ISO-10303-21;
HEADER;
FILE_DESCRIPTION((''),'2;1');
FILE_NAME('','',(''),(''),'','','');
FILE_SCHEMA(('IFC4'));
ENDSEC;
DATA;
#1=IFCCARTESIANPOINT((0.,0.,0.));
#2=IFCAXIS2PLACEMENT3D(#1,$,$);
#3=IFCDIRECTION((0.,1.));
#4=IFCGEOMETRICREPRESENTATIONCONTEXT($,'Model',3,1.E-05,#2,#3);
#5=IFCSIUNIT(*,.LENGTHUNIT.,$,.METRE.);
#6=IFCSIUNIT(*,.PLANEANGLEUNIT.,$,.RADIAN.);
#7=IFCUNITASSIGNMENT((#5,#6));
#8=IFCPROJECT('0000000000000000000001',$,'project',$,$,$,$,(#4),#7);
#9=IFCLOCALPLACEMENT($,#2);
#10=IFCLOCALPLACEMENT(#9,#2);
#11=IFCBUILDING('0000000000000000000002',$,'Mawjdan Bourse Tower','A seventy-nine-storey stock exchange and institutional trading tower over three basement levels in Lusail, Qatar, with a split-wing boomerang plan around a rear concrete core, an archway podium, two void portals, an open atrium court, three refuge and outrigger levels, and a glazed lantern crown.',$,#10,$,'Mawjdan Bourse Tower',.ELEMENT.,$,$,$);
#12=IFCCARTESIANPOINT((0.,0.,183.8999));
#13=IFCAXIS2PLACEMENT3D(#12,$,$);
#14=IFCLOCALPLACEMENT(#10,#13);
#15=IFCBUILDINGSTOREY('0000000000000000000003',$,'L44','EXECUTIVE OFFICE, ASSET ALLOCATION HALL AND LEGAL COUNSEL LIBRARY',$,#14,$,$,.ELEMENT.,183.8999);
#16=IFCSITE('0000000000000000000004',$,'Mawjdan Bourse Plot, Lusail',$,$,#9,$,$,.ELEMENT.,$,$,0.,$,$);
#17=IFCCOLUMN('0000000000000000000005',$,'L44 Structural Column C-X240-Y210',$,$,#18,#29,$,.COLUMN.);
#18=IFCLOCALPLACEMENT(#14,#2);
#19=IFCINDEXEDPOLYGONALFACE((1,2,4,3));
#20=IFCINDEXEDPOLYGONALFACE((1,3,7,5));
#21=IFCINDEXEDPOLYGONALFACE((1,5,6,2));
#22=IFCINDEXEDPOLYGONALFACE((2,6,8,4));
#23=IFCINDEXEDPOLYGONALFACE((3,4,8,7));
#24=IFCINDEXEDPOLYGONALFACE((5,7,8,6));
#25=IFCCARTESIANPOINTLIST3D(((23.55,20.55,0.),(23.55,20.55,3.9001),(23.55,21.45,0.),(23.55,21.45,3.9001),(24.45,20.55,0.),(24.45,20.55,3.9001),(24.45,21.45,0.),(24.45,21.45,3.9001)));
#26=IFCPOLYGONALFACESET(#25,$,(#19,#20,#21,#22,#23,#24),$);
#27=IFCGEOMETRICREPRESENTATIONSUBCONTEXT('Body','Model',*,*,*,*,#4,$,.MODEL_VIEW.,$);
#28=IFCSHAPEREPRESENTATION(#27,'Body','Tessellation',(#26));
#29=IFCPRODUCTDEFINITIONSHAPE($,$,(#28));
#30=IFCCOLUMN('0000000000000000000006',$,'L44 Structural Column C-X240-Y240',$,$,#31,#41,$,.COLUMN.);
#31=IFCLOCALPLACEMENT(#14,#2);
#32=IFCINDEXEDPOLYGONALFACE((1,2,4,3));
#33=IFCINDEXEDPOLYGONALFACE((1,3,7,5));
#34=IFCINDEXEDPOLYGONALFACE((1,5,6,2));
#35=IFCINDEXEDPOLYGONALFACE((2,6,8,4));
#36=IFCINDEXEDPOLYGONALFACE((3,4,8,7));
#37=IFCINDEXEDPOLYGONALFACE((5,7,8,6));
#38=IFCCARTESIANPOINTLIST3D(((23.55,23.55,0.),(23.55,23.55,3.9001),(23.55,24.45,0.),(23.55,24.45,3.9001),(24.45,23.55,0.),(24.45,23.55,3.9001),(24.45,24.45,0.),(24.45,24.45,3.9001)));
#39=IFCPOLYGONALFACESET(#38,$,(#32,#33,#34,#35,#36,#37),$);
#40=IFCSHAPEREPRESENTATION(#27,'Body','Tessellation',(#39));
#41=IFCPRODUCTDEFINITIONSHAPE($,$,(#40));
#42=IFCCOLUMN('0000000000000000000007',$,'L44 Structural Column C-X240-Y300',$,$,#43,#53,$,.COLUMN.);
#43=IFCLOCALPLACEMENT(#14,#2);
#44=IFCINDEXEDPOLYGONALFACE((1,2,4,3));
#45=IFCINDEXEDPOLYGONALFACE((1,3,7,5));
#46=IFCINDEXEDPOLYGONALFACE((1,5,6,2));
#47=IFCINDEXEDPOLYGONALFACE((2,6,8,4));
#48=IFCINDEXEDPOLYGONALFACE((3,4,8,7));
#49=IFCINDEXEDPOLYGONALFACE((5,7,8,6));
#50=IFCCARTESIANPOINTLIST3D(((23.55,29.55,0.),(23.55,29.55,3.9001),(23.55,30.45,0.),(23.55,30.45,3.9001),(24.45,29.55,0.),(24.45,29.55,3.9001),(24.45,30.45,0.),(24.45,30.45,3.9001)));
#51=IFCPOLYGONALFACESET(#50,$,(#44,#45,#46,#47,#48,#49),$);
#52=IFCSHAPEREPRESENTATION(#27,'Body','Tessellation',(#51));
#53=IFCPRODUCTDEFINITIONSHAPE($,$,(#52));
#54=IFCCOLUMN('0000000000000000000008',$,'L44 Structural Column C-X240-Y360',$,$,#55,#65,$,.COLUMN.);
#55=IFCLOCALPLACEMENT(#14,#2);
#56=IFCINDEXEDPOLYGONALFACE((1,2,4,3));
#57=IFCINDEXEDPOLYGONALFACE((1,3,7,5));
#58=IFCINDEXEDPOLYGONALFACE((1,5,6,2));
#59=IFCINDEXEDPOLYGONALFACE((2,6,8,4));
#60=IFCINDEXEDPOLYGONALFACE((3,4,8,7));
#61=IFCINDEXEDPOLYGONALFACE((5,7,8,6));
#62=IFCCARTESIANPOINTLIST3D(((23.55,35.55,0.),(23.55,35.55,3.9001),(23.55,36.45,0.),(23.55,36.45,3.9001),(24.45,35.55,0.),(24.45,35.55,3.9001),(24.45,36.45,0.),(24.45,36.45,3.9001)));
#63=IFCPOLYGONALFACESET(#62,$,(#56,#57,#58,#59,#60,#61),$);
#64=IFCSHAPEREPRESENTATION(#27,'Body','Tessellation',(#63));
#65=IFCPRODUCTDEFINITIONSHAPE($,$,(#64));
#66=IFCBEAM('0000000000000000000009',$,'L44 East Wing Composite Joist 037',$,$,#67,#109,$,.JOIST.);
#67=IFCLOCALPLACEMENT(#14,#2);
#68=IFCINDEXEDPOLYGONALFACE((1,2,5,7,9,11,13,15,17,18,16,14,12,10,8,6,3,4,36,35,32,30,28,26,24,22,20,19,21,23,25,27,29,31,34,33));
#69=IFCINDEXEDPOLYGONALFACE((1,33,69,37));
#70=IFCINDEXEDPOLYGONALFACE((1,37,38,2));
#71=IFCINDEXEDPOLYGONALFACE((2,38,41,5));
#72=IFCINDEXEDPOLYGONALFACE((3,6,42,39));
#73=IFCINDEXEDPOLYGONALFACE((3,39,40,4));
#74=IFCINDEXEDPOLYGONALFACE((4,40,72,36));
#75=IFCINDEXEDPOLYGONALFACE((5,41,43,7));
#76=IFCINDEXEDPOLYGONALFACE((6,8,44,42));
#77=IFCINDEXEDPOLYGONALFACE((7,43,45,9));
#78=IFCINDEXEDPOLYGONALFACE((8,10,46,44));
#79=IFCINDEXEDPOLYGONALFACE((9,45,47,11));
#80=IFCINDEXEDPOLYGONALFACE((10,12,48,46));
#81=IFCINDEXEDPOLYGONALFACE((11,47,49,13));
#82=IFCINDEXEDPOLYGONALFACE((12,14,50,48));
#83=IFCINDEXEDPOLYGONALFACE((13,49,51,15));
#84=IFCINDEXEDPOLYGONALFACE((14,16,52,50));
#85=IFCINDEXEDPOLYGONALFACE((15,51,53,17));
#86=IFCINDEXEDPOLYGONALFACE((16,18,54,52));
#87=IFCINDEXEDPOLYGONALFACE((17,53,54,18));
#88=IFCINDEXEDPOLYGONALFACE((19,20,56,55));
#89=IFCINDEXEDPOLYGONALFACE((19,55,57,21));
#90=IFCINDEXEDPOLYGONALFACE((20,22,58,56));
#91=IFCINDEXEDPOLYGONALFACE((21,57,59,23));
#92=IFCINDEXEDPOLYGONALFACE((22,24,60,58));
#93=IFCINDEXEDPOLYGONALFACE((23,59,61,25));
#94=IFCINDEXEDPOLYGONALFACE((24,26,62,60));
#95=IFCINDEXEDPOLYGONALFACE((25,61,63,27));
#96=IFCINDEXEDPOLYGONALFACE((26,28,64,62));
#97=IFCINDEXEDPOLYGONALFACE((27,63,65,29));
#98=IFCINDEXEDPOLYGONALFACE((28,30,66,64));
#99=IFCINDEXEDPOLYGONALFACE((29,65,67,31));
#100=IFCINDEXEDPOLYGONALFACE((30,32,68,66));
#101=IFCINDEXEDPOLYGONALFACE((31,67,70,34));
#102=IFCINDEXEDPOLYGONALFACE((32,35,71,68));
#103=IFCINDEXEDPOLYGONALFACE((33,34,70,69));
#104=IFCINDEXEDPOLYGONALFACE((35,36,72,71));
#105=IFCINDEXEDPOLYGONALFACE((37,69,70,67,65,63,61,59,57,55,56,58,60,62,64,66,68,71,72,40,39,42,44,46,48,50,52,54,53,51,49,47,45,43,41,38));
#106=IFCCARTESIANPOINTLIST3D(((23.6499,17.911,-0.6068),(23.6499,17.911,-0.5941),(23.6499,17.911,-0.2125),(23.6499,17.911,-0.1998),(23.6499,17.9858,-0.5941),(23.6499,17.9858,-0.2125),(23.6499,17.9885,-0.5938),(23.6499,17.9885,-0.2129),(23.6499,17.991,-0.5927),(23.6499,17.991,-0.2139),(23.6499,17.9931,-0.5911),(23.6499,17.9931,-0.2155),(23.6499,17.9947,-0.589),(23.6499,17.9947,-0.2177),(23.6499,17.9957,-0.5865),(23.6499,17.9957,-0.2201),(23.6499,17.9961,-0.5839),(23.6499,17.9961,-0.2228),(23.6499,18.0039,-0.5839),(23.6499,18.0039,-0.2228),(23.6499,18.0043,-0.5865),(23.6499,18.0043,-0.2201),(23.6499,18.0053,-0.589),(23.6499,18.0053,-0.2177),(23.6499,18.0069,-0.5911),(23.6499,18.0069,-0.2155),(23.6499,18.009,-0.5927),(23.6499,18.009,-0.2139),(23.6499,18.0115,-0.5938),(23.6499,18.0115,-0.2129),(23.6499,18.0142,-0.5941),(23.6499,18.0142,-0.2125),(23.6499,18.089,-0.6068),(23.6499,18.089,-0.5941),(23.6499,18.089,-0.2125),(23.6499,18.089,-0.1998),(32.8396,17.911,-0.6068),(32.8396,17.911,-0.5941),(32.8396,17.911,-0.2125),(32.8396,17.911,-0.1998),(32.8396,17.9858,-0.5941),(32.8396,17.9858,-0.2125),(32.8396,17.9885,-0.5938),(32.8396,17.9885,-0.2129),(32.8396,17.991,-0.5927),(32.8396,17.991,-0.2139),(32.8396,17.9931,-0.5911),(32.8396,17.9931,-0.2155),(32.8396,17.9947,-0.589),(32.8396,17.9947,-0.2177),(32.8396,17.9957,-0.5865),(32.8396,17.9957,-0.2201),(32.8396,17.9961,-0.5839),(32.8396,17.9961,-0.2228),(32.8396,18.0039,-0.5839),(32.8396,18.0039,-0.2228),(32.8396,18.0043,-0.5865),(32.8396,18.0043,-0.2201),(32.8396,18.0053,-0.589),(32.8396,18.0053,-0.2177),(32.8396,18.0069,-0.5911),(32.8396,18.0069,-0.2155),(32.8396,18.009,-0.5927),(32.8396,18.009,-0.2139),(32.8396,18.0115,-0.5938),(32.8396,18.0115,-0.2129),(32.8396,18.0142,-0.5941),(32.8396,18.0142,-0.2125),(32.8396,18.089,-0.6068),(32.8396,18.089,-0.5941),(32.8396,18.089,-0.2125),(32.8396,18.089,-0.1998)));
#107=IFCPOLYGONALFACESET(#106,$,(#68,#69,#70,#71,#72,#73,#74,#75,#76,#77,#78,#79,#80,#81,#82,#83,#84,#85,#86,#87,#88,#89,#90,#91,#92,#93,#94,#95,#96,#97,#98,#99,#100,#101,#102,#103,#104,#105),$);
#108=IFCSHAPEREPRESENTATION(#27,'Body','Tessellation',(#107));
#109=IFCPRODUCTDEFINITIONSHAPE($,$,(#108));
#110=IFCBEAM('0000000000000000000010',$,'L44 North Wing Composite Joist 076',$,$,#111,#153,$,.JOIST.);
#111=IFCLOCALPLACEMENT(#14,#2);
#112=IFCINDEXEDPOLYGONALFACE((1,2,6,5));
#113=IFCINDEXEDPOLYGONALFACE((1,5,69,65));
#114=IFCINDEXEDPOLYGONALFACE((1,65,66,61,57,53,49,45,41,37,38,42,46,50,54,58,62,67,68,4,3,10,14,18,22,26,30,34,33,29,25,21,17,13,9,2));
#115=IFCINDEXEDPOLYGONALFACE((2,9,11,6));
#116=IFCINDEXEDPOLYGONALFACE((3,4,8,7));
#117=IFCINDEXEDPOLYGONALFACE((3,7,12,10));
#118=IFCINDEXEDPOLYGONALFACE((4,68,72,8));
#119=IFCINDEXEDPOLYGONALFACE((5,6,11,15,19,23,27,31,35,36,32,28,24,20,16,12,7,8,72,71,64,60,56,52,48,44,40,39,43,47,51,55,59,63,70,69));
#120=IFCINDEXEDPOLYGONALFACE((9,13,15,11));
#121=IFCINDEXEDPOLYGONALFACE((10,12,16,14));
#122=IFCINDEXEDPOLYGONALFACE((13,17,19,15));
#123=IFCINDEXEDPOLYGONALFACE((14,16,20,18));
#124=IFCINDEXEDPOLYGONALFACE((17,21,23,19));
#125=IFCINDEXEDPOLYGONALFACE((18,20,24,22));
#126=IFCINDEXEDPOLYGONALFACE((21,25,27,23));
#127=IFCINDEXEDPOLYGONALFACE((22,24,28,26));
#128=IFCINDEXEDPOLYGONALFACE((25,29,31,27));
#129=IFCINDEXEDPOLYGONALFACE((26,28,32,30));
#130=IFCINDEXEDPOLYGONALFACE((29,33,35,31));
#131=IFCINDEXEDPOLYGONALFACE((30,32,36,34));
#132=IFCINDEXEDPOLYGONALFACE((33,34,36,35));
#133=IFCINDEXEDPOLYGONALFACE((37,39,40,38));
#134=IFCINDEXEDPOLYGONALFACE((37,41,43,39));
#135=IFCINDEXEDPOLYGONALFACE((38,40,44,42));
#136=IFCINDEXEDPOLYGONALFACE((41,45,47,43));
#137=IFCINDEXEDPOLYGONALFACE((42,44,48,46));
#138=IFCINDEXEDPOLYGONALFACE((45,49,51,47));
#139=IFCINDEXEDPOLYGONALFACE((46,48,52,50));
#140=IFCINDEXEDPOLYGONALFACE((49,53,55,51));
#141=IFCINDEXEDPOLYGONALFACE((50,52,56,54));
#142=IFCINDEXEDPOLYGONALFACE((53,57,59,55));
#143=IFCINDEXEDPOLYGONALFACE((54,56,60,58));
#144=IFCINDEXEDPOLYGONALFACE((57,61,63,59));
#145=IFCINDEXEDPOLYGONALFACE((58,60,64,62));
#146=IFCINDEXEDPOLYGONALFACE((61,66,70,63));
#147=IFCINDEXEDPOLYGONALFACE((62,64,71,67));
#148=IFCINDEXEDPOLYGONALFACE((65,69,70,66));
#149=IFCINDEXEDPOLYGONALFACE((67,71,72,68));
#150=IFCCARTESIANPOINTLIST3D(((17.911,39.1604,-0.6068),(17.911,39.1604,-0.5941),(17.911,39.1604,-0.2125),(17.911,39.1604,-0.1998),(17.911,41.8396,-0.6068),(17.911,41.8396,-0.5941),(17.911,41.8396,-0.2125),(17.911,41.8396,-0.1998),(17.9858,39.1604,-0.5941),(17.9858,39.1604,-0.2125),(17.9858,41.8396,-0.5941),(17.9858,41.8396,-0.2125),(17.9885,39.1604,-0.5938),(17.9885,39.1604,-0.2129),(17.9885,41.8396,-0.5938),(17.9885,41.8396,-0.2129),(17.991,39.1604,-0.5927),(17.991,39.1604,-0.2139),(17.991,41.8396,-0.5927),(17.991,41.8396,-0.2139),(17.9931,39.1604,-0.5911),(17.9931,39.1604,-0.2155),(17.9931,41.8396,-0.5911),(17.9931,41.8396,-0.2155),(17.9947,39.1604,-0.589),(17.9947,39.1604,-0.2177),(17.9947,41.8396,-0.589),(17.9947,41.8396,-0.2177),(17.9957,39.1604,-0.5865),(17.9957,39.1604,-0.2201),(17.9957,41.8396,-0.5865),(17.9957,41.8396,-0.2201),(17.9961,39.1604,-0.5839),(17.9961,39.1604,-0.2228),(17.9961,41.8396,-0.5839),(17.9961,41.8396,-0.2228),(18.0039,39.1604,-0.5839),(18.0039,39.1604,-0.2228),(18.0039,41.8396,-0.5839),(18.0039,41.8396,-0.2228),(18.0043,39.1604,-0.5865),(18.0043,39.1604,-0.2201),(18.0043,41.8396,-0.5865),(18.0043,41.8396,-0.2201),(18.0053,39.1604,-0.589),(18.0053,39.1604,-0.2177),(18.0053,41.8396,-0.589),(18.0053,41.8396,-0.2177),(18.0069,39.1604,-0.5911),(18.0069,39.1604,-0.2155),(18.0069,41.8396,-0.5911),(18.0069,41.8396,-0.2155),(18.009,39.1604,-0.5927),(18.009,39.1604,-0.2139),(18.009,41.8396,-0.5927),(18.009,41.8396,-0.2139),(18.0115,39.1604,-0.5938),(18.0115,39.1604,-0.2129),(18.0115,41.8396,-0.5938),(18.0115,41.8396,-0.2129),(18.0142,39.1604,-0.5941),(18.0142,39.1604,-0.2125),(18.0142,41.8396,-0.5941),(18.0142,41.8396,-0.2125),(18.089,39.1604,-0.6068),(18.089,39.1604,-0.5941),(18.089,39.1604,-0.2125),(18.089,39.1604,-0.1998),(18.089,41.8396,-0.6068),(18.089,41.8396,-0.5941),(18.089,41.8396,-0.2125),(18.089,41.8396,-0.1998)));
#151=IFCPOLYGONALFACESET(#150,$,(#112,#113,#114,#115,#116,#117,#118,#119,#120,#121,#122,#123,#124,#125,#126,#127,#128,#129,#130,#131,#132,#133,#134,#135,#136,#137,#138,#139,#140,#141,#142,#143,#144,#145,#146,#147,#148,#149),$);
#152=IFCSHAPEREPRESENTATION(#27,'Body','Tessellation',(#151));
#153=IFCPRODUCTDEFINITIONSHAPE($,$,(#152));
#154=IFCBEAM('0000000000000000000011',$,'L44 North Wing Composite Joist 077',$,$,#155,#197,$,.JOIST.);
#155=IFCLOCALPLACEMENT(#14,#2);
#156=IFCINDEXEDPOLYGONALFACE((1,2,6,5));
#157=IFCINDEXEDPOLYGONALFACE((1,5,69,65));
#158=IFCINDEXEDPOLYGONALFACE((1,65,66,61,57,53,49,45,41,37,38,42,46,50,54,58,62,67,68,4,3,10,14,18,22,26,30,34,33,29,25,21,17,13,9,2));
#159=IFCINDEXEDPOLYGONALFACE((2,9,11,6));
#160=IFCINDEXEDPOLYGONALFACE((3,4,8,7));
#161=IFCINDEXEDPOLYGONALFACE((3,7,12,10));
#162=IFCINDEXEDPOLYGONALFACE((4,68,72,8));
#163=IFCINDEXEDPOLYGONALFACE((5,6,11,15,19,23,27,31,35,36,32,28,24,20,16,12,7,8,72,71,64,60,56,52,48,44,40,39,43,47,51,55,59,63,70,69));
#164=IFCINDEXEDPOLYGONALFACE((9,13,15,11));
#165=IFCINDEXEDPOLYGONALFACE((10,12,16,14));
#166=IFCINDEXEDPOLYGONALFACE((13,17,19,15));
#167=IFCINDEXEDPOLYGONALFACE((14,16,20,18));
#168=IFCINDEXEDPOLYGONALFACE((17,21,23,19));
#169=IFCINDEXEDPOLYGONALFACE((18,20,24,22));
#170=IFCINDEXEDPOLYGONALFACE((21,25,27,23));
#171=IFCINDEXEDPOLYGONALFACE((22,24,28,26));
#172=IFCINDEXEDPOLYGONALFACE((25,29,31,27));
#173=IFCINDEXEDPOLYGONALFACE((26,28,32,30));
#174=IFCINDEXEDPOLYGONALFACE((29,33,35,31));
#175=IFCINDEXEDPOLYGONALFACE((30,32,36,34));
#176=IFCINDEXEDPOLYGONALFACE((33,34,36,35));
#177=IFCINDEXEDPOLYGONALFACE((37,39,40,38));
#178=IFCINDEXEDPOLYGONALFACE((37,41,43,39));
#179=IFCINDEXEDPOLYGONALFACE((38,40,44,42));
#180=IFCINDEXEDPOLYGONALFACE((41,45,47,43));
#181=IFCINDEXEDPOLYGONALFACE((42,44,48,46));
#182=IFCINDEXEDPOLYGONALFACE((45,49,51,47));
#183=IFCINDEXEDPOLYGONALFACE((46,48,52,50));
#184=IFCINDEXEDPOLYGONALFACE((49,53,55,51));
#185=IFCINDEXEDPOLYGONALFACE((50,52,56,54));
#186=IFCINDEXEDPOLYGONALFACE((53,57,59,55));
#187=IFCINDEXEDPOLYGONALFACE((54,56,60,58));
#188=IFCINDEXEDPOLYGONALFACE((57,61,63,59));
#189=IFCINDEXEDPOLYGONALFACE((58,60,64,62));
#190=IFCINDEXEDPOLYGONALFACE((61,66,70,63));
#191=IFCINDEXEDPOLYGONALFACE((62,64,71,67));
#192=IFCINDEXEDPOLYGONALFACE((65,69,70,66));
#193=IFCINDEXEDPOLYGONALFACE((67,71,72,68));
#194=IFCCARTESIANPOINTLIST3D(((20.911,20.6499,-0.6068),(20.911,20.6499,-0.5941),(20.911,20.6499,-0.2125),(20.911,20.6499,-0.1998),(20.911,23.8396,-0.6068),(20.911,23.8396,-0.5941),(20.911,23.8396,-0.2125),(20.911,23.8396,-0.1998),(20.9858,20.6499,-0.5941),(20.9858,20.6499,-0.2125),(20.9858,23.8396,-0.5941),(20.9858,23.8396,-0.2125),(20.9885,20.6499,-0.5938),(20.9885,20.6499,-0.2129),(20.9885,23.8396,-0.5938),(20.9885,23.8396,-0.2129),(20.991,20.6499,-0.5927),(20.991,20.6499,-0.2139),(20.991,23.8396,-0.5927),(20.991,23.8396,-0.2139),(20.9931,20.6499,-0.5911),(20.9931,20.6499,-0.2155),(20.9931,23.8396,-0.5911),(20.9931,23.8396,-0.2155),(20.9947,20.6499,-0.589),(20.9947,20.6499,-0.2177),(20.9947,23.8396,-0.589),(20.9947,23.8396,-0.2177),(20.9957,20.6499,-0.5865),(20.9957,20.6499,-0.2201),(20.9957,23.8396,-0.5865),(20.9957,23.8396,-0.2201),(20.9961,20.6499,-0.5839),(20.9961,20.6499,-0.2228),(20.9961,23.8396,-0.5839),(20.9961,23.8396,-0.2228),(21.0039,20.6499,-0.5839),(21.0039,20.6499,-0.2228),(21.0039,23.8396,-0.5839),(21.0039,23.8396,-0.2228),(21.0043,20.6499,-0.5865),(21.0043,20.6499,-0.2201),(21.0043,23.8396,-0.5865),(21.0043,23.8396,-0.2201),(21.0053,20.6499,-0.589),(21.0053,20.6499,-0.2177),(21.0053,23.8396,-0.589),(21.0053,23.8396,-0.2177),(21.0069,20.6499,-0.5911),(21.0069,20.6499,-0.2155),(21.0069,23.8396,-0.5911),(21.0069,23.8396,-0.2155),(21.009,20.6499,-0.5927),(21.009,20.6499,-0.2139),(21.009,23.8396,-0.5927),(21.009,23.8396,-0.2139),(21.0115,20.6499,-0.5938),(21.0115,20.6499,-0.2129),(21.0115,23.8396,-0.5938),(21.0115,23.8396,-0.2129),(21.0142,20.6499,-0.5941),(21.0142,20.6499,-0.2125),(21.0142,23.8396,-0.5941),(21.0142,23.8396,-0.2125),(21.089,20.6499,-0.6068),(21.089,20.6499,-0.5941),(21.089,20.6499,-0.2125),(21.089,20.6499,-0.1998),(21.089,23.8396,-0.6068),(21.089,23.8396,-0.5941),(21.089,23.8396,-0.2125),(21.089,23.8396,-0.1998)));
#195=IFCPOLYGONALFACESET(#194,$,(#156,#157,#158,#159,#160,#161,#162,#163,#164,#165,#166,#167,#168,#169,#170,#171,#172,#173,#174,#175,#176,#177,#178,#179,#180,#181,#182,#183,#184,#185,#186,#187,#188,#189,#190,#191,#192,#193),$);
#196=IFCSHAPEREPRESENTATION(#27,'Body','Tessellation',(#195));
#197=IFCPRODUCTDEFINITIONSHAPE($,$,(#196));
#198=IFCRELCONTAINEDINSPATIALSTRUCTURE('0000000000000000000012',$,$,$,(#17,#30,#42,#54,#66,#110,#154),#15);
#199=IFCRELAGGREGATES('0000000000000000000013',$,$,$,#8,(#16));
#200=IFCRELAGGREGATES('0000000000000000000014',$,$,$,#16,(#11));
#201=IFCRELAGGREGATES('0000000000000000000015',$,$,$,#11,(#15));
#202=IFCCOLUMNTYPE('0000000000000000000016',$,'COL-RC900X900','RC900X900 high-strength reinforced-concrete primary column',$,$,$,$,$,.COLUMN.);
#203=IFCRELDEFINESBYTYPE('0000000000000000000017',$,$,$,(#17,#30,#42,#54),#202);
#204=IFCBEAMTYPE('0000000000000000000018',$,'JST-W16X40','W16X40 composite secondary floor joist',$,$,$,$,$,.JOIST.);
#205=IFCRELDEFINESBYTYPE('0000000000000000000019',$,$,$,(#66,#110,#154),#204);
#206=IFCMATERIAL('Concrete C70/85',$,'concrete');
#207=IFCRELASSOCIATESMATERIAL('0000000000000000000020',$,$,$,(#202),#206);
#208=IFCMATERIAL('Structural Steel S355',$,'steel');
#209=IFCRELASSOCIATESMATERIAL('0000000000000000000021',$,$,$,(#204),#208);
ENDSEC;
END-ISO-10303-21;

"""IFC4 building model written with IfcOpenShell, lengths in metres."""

from ifc_helpers import new_model, si_unit, direction, frame, origin, origin_2d, place, context, subcontext, project, spatial, rectangle, i_section, extrude, material, material_profile, profile_set, type_object, element, save


model = new_model("IFC4")

# Units and contexts
model_context = context("Model", 3, precision=1e-05, world=origin(), true_north=direction((0.0, 1.0)))
body_context = subcontext(model_context, "Body", "Model", "MODEL_VIEW")
ifc_project = project(units=[si_unit("LENGTHUNIT", "METRE"), si_unit("PLANEANGLEUNIT", "RADIAN")], contexts=[model_context])

# Site, building, storey
site_placement = place(None, origin())
site = spatial("IfcSite", under=ifc_project, at=site_placement, Name="Mawjdan Bourse Plot, Lusail", CompositionType="ELEMENT", RefElevation=0.0)
building_placement = place(site_placement, origin())
building = spatial("IfcBuilding", under=site, at=building_placement, Name="Mawjdan Bourse Tower", Description="A seventy-nine-storey stock exchange and institutional trading tower over three basement levels in Lusail, Qatar, with a split-wing boomerang plan around a rear concrete core, an archway podium, two void portals, an open atrium court, three refuge and outrigger levels, and a glazed lantern crown.", LongName="Mawjdan Bourse Tower", CompositionType="ELEMENT")
storey_placement = place(building_placement, frame((0.0, 0.0, 183.8999)))
storey = spatial("IfcBuildingStorey", under=building, at=storey_placement, Name="L44", Description="EXECUTIVE OFFICE, ASSET ALLOCATION HALL AND LEGAL COUNSEL LIBRARY", CompositionType="ELEMENT", Elevation=183.8999)

# Columns
ifc_material_1 = material(Name="Concrete C70/85", Category="concrete")
ifc_material_profile_1 = material_profile(ifc_material_1, rectangle(XDim=0.8999, YDim=0.8999, at=origin_2d()), Name="RC900X900")
ifc_profile_set_1 = profile_set([ifc_material_profile_1], Name="Concrete C70/85")
column_type = type_object("IfcColumnType", Name="COL-RC900X900", Description="RC900X900 high-strength reinforced-concrete primary column", PredefinedType="COLUMN", material=ifc_profile_set_1)
for number, where, z_axis, x_axis, name in (
    (1, (24.0, 21.0, 0.0), (0.0, 0.0, 1.0), (1.0, 0.0, 0.0), "L44 Structural Column C-X240-Y210"),
    (2, (24.0, 24.0, 0.0), (0.0, 0.0, 1.0), (1.0, 0.0, 0.0), "L44 Structural Column C-X240-Y240"),
    (3, (24.0, 30.0, 0.0), (0.0, 0.0, 1.0), (1.0, 0.0, 0.0), "L44 Structural Column C-X240-Y300"),
    (4, (24.0, 36.0, 0.0), (0.0, 0.0, 1.0), (1.0, 0.0, 0.0), "L44 Structural Column C-X240-Y360"),
):
    element("IfcColumn", number, at=place(storey_placement, frame(where, z_axis=z_axis, x_axis=x_axis)), inside=storey, type_object=column_type, Name=name, PredefinedType="COLUMN", context=body_context, shape_type="SweptSolid", body=[
        extrude(rectangle(XDim=0.8999, YDim=0.8999, at=origin_2d()), origin(), (0.0, 0.0, 1.0), 3.9001),
    ])

# Beams
ifc_material_2 = material(Name="Structural Steel S355", Category="steel")
ifc_material_profile_2 = material_profile(ifc_material_2, i_section(OverallWidth=0.178, OverallDepth=0.407, WebThickness=0.0078, FlangeThickness=0.0127, FilletRadius=0.0103, at=origin_2d()), Name="W16X40")
ifc_profile_set_2 = profile_set([ifc_material_profile_2], Name="Structural Steel S355")
beam_type_1 = type_object("IfcBeamType", Name="JST-W16X40", Description="W16X40 composite secondary floor joist", PredefinedType="JOIST", material=ifc_profile_set_2)
beam_1_placement = place(storey_placement, frame((23.6499, 18.0, -0.4033), z_axis=(1.0, 0.0, 0.0), x_axis=(0.0, 1.0, 0.0)))
element("IfcBeam", 5, at=beam_1_placement, inside=storey, type_object=beam_type_1, Name="L44 East Wing Composite Joist 037", PredefinedType="JOIST", context=body_context, shape_type="SweptSolid", body=[
    extrude(i_section(OverallWidth=0.178, OverallDepth=0.407, WebThickness=0.0078, FlangeThickness=0.0127, FilletRadius=0.0103, at=origin_2d()), origin(), (0.0, 0.0, 1.0), 9.1897),
])
beam_2_placement = place(storey_placement, frame((18.0, 39.1604, -0.4033), z_axis=(0.0, 1.0, 0.0), x_axis=(-1.0, 0.0, 0.0)))
element("IfcBeam", 6, at=beam_2_placement, inside=storey, type_object=beam_type_1, Name="L44 North Wing Composite Joist 076", PredefinedType="JOIST", context=body_context, shape_type="SweptSolid", body=[
    extrude(i_section(OverallWidth=0.178, OverallDepth=0.407, WebThickness=0.0078, FlangeThickness=0.0127, FilletRadius=0.0103, at=origin_2d()), origin(), (0.0, 0.0, 1.0), 2.6792),
])
beam_3_placement = place(storey_placement, frame((21.0, 20.6499, -0.4033), z_axis=(0.0, 1.0, 0.0), x_axis=(-1.0, 0.0, 0.0)))
element("IfcBeam", 7, at=beam_3_placement, inside=storey, type_object=beam_type_1, Name="L44 North Wing Composite Joist 077", PredefinedType="JOIST", context=body_context, shape_type="SweptSolid", body=[
    extrude(i_section(OverallWidth=0.178, OverallDepth=0.407, WebThickness=0.0078, FlangeThickness=0.0127, FilletRadius=0.0103, at=origin_2d()), origin(), (0.0, 0.0, 1.0), 3.1897),
])

save(model, "model.ifc")
